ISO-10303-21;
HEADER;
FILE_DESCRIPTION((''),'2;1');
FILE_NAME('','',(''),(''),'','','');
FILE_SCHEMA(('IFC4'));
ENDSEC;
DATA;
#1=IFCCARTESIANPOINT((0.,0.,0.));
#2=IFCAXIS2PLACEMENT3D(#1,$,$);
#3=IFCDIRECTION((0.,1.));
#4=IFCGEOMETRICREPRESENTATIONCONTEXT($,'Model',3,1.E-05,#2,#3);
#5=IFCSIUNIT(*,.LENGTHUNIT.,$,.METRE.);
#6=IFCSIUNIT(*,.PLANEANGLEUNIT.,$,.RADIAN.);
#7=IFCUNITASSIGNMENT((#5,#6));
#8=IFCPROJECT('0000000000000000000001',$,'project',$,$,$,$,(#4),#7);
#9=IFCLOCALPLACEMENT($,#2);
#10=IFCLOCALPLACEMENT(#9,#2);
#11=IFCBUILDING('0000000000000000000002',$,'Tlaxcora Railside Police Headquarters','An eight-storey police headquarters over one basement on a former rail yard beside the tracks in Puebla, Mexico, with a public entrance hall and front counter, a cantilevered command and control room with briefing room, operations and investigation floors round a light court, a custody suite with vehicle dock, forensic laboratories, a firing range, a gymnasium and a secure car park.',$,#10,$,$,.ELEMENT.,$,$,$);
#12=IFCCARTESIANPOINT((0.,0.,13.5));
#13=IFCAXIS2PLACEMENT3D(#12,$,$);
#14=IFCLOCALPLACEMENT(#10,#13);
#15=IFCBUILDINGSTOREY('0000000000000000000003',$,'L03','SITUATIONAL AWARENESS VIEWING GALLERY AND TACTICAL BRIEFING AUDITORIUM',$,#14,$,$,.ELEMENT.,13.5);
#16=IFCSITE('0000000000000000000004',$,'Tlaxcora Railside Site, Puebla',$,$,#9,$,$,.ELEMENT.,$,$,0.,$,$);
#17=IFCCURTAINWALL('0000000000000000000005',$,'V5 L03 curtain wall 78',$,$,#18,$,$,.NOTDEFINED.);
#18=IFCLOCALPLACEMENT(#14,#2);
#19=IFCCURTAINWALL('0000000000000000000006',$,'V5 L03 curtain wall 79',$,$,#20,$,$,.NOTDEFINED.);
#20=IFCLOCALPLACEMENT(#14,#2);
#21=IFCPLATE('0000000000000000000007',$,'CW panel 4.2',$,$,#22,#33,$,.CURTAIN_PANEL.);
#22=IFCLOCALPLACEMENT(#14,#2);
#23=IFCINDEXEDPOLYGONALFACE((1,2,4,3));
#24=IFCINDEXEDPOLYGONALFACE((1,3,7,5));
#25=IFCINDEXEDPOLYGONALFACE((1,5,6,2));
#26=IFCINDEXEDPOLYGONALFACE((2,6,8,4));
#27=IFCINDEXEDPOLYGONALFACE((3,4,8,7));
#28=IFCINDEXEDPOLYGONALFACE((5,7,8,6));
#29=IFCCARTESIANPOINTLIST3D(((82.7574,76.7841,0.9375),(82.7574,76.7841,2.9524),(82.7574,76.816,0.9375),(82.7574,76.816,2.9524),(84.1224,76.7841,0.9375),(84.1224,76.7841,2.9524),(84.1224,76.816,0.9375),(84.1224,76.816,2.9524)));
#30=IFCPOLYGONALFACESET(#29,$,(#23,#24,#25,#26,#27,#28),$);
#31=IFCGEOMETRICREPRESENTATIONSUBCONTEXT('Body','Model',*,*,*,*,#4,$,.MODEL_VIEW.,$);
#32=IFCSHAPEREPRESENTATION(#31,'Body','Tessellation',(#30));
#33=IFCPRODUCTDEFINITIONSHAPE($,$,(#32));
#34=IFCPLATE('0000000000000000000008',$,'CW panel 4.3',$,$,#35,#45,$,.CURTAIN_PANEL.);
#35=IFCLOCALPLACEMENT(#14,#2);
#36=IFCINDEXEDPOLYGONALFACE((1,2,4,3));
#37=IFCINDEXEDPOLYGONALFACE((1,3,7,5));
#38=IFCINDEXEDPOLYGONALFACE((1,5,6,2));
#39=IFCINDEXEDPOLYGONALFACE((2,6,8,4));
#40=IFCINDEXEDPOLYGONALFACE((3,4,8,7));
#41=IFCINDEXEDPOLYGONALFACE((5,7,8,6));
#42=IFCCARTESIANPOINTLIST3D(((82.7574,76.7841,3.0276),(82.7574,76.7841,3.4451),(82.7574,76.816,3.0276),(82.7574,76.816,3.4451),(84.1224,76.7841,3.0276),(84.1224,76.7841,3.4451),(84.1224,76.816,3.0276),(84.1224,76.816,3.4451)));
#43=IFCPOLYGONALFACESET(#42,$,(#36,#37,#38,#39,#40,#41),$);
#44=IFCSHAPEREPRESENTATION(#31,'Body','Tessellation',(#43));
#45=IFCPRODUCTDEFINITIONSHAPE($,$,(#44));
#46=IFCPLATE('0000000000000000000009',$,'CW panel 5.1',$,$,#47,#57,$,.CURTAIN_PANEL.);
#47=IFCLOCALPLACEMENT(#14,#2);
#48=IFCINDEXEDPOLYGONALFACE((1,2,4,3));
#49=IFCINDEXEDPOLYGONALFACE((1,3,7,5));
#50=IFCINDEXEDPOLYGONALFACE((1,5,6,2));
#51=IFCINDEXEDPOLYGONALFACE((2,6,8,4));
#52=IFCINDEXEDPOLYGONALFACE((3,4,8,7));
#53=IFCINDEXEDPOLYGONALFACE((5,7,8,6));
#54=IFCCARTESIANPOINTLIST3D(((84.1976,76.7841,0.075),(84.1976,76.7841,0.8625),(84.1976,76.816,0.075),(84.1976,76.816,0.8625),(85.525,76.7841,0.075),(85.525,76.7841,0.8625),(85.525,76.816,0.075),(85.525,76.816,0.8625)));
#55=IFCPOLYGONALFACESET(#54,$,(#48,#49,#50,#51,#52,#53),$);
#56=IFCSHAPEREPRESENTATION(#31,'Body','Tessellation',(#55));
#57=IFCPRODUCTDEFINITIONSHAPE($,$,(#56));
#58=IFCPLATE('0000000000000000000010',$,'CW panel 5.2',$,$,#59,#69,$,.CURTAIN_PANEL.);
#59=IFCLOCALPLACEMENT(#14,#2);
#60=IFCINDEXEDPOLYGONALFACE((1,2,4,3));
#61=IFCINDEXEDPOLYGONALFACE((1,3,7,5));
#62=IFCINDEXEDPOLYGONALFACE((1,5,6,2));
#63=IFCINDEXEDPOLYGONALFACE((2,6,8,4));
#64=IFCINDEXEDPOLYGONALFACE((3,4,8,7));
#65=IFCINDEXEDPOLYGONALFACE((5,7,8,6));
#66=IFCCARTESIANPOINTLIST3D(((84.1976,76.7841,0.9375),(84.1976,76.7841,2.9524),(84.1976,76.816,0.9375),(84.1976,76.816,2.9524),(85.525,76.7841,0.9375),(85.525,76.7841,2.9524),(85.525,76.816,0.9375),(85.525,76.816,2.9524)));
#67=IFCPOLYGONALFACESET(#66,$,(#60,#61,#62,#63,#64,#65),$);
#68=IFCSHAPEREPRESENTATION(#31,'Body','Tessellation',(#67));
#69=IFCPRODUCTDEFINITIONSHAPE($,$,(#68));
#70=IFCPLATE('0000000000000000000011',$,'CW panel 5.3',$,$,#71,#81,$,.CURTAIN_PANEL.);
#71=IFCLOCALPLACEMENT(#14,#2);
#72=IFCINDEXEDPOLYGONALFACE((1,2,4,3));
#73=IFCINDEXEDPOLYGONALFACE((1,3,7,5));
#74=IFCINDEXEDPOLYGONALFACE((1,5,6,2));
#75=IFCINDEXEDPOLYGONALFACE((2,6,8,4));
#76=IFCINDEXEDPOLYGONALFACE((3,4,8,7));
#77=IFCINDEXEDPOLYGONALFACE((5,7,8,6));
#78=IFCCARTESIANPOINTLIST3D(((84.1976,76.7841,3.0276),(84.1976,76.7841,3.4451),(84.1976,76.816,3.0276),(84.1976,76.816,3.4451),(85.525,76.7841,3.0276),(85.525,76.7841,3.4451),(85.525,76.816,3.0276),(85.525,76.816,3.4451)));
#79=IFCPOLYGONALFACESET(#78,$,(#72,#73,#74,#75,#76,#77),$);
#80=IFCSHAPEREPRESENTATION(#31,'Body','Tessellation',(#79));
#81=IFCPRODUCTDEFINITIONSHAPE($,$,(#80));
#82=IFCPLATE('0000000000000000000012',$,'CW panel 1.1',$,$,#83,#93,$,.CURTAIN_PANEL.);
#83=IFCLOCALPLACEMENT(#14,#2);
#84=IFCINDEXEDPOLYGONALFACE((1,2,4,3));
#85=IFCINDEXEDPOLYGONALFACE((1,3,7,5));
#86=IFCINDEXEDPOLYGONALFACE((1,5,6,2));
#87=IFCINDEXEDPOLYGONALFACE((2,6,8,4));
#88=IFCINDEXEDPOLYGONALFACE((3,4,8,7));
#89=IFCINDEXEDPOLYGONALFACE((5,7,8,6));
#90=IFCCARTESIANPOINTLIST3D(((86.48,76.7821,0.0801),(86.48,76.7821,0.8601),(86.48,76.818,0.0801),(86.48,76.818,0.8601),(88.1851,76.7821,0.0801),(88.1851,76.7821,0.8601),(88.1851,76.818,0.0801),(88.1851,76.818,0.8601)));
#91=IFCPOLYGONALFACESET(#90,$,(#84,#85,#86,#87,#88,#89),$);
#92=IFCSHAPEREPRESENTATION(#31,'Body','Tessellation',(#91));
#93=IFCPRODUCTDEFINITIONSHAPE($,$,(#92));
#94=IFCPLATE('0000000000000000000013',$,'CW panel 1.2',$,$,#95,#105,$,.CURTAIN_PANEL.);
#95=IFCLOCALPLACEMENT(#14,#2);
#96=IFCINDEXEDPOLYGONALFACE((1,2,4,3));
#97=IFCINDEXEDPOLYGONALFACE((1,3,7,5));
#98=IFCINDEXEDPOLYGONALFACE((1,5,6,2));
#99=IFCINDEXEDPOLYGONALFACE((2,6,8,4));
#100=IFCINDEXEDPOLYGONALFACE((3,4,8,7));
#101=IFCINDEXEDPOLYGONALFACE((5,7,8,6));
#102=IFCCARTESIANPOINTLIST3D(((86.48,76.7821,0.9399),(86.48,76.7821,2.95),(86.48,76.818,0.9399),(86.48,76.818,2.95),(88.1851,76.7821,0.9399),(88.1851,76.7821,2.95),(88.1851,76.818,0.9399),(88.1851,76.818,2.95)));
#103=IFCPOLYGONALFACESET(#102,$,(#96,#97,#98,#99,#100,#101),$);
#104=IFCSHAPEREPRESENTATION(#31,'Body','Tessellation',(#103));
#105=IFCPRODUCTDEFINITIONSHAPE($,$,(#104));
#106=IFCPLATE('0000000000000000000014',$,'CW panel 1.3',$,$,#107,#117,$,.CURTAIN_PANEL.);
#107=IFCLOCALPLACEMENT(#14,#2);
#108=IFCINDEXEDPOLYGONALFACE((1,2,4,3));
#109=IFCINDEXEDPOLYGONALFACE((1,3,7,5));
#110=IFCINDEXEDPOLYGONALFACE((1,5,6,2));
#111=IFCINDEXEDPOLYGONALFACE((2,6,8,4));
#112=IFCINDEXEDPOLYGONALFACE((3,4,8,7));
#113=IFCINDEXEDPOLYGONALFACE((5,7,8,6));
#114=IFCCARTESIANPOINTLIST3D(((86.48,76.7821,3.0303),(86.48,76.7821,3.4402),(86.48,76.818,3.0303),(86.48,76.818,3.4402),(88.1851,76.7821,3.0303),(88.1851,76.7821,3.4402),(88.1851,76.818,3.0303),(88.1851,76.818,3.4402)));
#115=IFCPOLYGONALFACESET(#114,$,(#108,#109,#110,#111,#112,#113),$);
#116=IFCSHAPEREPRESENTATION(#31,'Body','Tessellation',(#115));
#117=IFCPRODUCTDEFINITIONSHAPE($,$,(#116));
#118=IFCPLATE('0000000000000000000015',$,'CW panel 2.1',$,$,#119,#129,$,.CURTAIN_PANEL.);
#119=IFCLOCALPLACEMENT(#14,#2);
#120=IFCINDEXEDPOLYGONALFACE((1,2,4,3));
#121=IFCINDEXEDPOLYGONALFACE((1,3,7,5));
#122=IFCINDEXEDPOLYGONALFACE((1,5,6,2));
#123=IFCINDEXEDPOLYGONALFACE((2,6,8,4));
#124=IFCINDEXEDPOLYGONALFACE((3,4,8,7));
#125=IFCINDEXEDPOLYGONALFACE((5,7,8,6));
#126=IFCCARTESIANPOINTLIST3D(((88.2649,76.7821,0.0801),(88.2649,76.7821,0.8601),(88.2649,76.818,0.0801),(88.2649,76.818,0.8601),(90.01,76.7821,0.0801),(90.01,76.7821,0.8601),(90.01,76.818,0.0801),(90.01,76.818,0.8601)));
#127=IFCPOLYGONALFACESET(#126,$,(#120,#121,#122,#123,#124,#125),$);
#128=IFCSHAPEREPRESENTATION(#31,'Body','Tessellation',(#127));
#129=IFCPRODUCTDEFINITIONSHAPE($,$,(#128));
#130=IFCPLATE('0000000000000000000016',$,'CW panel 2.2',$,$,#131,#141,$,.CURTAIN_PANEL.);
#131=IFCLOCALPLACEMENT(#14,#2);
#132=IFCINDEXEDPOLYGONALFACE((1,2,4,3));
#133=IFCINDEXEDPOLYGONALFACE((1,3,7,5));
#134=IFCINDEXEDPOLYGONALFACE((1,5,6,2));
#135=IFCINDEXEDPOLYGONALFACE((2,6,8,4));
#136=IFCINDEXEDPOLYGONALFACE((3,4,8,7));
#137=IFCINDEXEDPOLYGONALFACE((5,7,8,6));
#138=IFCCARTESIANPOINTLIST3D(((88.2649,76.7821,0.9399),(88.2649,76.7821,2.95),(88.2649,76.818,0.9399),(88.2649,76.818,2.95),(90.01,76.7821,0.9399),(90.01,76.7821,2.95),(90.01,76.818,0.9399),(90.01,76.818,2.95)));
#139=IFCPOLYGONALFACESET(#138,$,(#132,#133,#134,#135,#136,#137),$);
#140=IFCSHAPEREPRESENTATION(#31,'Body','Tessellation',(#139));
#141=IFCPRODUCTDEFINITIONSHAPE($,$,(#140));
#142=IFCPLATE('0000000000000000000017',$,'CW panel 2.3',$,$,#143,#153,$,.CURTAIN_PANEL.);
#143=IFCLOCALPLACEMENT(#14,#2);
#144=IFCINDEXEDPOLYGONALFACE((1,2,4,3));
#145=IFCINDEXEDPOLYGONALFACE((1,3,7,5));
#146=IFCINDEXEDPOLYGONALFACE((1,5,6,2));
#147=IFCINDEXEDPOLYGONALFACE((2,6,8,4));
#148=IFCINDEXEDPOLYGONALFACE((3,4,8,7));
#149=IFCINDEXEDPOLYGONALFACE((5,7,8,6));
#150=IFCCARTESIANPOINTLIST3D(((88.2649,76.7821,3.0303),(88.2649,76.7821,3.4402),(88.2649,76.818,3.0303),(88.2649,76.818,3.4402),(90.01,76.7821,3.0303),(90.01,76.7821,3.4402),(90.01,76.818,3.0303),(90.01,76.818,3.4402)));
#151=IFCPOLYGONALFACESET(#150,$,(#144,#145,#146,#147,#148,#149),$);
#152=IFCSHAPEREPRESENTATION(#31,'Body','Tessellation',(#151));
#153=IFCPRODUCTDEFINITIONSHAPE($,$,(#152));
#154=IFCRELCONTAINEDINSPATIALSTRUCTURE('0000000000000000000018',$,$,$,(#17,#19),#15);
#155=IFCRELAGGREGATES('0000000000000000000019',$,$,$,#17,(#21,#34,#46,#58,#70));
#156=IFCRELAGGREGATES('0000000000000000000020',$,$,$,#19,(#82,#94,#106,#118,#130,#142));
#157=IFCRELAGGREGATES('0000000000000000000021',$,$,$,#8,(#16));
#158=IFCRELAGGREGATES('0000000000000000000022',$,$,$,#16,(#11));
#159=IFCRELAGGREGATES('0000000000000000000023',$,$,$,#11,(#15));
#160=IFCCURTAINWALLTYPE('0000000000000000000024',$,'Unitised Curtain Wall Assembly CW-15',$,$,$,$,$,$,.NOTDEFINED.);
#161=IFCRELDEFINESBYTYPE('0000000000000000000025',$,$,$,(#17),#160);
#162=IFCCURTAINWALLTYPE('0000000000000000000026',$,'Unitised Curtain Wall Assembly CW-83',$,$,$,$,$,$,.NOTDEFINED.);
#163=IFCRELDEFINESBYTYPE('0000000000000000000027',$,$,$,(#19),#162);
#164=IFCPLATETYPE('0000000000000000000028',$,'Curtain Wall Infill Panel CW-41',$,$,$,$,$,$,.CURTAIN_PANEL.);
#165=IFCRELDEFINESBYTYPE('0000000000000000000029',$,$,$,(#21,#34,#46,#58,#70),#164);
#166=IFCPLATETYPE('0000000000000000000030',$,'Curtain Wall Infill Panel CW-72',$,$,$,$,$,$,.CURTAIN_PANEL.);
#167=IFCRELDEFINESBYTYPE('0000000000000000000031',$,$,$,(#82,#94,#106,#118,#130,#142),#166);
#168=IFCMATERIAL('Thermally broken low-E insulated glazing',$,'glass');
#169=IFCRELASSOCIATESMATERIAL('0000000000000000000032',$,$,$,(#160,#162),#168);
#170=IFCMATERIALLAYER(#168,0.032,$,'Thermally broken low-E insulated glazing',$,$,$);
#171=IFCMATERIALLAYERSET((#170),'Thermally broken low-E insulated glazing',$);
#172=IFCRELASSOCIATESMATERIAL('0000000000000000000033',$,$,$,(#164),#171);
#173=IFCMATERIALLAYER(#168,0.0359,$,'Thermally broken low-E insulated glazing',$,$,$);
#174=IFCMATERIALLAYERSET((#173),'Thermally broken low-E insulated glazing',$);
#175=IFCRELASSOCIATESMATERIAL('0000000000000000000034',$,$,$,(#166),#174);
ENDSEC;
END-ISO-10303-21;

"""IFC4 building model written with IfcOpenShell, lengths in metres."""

from ifc_helpers import new_model, si_unit, direction, frame, origin, origin_2d, place, context, subcontext, project, spatial, rectangle, extrude, material, layer, layer_set, type_object, element, aggregate, save


model = new_model("IFC4")

# Units and contexts
model_context = context("Model", 3, precision=1e-05, world=origin(), true_north=direction((0.0, 1.0)))
body_context = subcontext(model_context, "Body", "Model", "MODEL_VIEW")
ifc_project = project(units=[si_unit("LENGTHUNIT", "METRE"), si_unit("PLANEANGLEUNIT", "RADIAN")], contexts=[model_context])

# Site, building, storey
site_placement = place(None, origin())
site = spatial("IfcSite", under=ifc_project, at=site_placement, Name="Tlaxcora Railside Site, Puebla", CompositionType="ELEMENT", RefElevation=0.0)
building_placement = place(site_placement, origin())
building = spatial("IfcBuilding", under=site, at=building_placement, Name="Tlaxcora Railside Police Headquarters", Description="An eight-storey police headquarters over one basement on a former rail yard beside the tracks in Puebla, Mexico, with a public entrance hall and front counter, a cantilevered command and control room with briefing room, operations and investigation floors round a light court, a custody suite with vehicle dock, forensic laboratories, a firing range, a gymnasium and a secure car park.", CompositionType="ELEMENT")
storey_placement = place(building_placement, frame((0.0, 0.0, 13.5)))
storey = spatial("IfcBuildingStorey", under=building, at=storey_placement, Name="L03", Description="SITUATIONAL AWARENESS VIEWING GALLERY AND TACTICAL BRIEFING AUDITORIUM", CompositionType="ELEMENT", Elevation=13.5)

# Curtain walls
ifc_material_1 = material(Name="Thermally broken low-E insulated glazing", Category="glass")
curtain_wall_type_1 = type_object("IfcCurtainWallType", Name="Unitised Curtain Wall Assembly CW-15", PredefinedType="NOTDEFINED", material=ifc_material_1)
curtain_wall_1_placement = place(storey_placement, origin())
curtain_wall_1 = element("IfcCurtainWall", 1, at=curtain_wall_1_placement, inside=storey, type_object=curtain_wall_type_1, Name="V5 L03 curtain wall 78", PredefinedType="NOTDEFINED")
curtain_wall_type_2 = type_object("IfcCurtainWallType", Name="Unitised Curtain Wall Assembly CW-83", PredefinedType="NOTDEFINED", material=ifc_material_1)
curtain_wall_2_placement = place(storey_placement, origin())
curtain_wall_2 = element("IfcCurtainWall", 2, at=curtain_wall_2_placement, inside=storey, type_object=curtain_wall_type_2, Name="V5 L03 curtain wall 79", PredefinedType="NOTDEFINED")

# Plates
ifc_layer_1 = layer(ifc_material_1, 0.032, Name="Thermally broken low-E insulated glazing")
ifc_layer_set_1 = layer_set([ifc_layer_1], Name="Thermally broken low-E insulated glazing")
plate_type_1 = type_object("IfcPlateType", Name="Curtain Wall Infill Panel CW-41", PredefinedType="CURTAIN_PANEL", material=ifc_layer_set_1)
plate_1_placement = place(storey_placement, frame((83.4399, 76.8, 0.9375), z_axis=(0.0, 0.0, 1.0), x_axis=(1.0, 0.0, 0.0)))
plate_1 = element("IfcPlate", 3, at=plate_1_placement, type_object=plate_type_1, Name="CW panel 4.2", PredefinedType="CURTAIN_PANEL", context=body_context, shape_type="SweptSolid", body=[
    extrude(rectangle(XDim=1.365, YDim=0.032, at=origin_2d()), origin(), (0.0, 0.0, 1.0), 2.0149),
])
plate_2_placement = place(storey_placement, frame((83.4399, 76.8, 3.0276), z_axis=(0.0, 0.0, 1.0), x_axis=(1.0, 0.0, 0.0)))
plate_2 = element("IfcPlate", 4, at=plate_2_placement, type_object=plate_type_1, Name="CW panel 4.3", PredefinedType="CURTAIN_PANEL", context=body_context, shape_type="SweptSolid", body=[
    extrude(rectangle(XDim=1.365, YDim=0.032, at=origin_2d()), origin(), (0.0, 0.0, 1.0), 0.4175),
])
plate_3_placement = place(storey_placement, frame((84.8613, 76.8, 0.075), z_axis=(0.0, 0.0, 1.0), x_axis=(1.0, 0.0, 0.0)))
plate_3 = element("IfcPlate", 5, at=plate_3_placement, type_object=plate_type_1, Name="CW panel 5.1", PredefinedType="CURTAIN_PANEL", context=body_context, shape_type="SweptSolid", body=[
    extrude(rectangle(XDim=1.3274, YDim=0.032, at=origin_2d()), origin(), (0.0, 0.0, 1.0), 0.7876),
])
plate_4_placement = place(storey_placement, frame((84.8613, 76.8, 0.9375), z_axis=(0.0, 0.0, 1.0), x_axis=(1.0, 0.0, 0.0)))
plate_4 = element("IfcPlate", 6, at=plate_4_placement, type_object=plate_type_1, Name="CW panel 5.2", PredefinedType="CURTAIN_PANEL", context=body_context, shape_type="SweptSolid", body=[
    extrude(rectangle(XDim=1.3274, YDim=0.032, at=origin_2d()), origin(), (0.0, 0.0, 1.0), 2.0149),
])
plate_5_placement = place(storey_placement, frame((84.8613, 76.8, 3.0276), z_axis=(0.0, 0.0, 1.0), x_axis=(1.0, 0.0, 0.0)))
plate_5 = element("IfcPlate", 7, at=plate_5_placement, type_object=plate_type_1, Name="CW panel 5.3", PredefinedType="CURTAIN_PANEL", context=body_context, shape_type="SweptSolid", body=[
    extrude(rectangle(XDim=1.3274, YDim=0.032, at=origin_2d()), origin(), (0.0, 0.0, 1.0), 0.4175),
])
aggregate(curtain_wall_1, [plate_1, plate_2, plate_3, plate_4, plate_5])
ifc_layer_2 = layer(ifc_material_1, 0.0359, Name="Thermally broken low-E insulated glazing")
ifc_layer_set_2 = layer_set([ifc_layer_2], Name="Thermally broken low-E insulated glazing")
plate_type_2 = type_object("IfcPlateType", Name="Curtain Wall Infill Panel CW-72", PredefinedType="CURTAIN_PANEL", material=ifc_layer_set_2)
plate_6_placement = place(storey_placement, frame((87.3325, 76.8, 0.0801), z_axis=(0.0, 0.0, 1.0), x_axis=(1.0, 0.0, 0.0)))
plate_6 = element("IfcPlate", 8, at=plate_6_placement, type_object=plate_type_2, Name="CW panel 1.1", PredefinedType="CURTAIN_PANEL", context=body_context, shape_type="SweptSolid", body=[
    extrude(rectangle(XDim=1.7051, YDim=0.0359, at=origin_2d()), origin(), (0.0, 0.0, 1.0), 0.78),
])
plate_7_placement = place(storey_placement, frame((87.3325, 76.8, 0.9399), z_axis=(0.0, 0.0, 1.0), x_axis=(1.0, 0.0, 0.0)))
plate_7 = element("IfcPlate", 9, at=plate_7_placement, type_object=plate_type_2, Name="CW panel 1.2", PredefinedType="CURTAIN_PANEL", context=body_context, shape_type="SweptSolid", body=[
    extrude(rectangle(XDim=1.7051, YDim=0.0359, at=origin_2d()), origin(), (0.0, 0.0, 1.0), 2.01),
])
plate_8_placement = place(storey_placement, frame((87.3325, 76.8, 3.0303), z_axis=(0.0, 0.0, 1.0), x_axis=(1.0, 0.0, 0.0)))
plate_8 = element("IfcPlate", 10, at=plate_8_placement, type_object=plate_type_2, Name="CW panel 1.3", PredefinedType="CURTAIN_PANEL", context=body_context, shape_type="SweptSolid", body=[
    extrude(rectangle(XDim=1.7051, YDim=0.0359, at=origin_2d()), origin(), (0.0, 0.0, 1.0), 0.4099),
])
plate_9_placement = place(storey_placement, frame((89.1375, 76.8, 0.0801), z_axis=(0.0, 0.0, 1.0), x_axis=(1.0, 0.0, 0.0)))
plate_9 = element("IfcPlate", 11, at=plate_9_placement, type_object=plate_type_2, Name="CW panel 2.1", PredefinedType="CURTAIN_PANEL", context=body_context, shape_type="SweptSolid", body=[
    extrude(rectangle(XDim=1.7451, YDim=0.0359, at=origin_2d()), origin(), (0.0, 0.0, 1.0), 0.78),
])
plate_10_placement = place(storey_placement, frame((89.1375, 76.8, 0.9399), z_axis=(0.0, 0.0, 1.0), x_axis=(1.0, 0.0, 0.0)))
plate_10 = element("IfcPlate", 12, at=plate_10_placement, type_object=plate_type_2, Name="CW panel 2.2", PredefinedType="CURTAIN_PANEL", context=body_context, shape_type="SweptSolid", body=[
    extrude(rectangle(XDim=1.7451, YDim=0.0359, at=origin_2d()), origin(), (0.0, 0.0, 1.0), 2.01),
])
plate_11_placement = place(storey_placement, frame((89.1375, 76.8, 3.0303), z_axis=(0.0, 0.0, 1.0), x_axis=(1.0, 0.0, 0.0)))
plate_11 = element("IfcPlate", 13, at=plate_11_placement, type_object=plate_type_2, Name="CW panel 2.3", PredefinedType="CURTAIN_PANEL", context=body_context, shape_type="SweptSolid", body=[
    extrude(rectangle(XDim=1.7451, YDim=0.0359, at=origin_2d()), origin(), (0.0, 0.0, 1.0), 0.4099),
])
aggregate(curtain_wall_2, [plate_6, plate_7, plate_8, plate_9, plate_10, plate_11])

save(model, "model.ifc")
